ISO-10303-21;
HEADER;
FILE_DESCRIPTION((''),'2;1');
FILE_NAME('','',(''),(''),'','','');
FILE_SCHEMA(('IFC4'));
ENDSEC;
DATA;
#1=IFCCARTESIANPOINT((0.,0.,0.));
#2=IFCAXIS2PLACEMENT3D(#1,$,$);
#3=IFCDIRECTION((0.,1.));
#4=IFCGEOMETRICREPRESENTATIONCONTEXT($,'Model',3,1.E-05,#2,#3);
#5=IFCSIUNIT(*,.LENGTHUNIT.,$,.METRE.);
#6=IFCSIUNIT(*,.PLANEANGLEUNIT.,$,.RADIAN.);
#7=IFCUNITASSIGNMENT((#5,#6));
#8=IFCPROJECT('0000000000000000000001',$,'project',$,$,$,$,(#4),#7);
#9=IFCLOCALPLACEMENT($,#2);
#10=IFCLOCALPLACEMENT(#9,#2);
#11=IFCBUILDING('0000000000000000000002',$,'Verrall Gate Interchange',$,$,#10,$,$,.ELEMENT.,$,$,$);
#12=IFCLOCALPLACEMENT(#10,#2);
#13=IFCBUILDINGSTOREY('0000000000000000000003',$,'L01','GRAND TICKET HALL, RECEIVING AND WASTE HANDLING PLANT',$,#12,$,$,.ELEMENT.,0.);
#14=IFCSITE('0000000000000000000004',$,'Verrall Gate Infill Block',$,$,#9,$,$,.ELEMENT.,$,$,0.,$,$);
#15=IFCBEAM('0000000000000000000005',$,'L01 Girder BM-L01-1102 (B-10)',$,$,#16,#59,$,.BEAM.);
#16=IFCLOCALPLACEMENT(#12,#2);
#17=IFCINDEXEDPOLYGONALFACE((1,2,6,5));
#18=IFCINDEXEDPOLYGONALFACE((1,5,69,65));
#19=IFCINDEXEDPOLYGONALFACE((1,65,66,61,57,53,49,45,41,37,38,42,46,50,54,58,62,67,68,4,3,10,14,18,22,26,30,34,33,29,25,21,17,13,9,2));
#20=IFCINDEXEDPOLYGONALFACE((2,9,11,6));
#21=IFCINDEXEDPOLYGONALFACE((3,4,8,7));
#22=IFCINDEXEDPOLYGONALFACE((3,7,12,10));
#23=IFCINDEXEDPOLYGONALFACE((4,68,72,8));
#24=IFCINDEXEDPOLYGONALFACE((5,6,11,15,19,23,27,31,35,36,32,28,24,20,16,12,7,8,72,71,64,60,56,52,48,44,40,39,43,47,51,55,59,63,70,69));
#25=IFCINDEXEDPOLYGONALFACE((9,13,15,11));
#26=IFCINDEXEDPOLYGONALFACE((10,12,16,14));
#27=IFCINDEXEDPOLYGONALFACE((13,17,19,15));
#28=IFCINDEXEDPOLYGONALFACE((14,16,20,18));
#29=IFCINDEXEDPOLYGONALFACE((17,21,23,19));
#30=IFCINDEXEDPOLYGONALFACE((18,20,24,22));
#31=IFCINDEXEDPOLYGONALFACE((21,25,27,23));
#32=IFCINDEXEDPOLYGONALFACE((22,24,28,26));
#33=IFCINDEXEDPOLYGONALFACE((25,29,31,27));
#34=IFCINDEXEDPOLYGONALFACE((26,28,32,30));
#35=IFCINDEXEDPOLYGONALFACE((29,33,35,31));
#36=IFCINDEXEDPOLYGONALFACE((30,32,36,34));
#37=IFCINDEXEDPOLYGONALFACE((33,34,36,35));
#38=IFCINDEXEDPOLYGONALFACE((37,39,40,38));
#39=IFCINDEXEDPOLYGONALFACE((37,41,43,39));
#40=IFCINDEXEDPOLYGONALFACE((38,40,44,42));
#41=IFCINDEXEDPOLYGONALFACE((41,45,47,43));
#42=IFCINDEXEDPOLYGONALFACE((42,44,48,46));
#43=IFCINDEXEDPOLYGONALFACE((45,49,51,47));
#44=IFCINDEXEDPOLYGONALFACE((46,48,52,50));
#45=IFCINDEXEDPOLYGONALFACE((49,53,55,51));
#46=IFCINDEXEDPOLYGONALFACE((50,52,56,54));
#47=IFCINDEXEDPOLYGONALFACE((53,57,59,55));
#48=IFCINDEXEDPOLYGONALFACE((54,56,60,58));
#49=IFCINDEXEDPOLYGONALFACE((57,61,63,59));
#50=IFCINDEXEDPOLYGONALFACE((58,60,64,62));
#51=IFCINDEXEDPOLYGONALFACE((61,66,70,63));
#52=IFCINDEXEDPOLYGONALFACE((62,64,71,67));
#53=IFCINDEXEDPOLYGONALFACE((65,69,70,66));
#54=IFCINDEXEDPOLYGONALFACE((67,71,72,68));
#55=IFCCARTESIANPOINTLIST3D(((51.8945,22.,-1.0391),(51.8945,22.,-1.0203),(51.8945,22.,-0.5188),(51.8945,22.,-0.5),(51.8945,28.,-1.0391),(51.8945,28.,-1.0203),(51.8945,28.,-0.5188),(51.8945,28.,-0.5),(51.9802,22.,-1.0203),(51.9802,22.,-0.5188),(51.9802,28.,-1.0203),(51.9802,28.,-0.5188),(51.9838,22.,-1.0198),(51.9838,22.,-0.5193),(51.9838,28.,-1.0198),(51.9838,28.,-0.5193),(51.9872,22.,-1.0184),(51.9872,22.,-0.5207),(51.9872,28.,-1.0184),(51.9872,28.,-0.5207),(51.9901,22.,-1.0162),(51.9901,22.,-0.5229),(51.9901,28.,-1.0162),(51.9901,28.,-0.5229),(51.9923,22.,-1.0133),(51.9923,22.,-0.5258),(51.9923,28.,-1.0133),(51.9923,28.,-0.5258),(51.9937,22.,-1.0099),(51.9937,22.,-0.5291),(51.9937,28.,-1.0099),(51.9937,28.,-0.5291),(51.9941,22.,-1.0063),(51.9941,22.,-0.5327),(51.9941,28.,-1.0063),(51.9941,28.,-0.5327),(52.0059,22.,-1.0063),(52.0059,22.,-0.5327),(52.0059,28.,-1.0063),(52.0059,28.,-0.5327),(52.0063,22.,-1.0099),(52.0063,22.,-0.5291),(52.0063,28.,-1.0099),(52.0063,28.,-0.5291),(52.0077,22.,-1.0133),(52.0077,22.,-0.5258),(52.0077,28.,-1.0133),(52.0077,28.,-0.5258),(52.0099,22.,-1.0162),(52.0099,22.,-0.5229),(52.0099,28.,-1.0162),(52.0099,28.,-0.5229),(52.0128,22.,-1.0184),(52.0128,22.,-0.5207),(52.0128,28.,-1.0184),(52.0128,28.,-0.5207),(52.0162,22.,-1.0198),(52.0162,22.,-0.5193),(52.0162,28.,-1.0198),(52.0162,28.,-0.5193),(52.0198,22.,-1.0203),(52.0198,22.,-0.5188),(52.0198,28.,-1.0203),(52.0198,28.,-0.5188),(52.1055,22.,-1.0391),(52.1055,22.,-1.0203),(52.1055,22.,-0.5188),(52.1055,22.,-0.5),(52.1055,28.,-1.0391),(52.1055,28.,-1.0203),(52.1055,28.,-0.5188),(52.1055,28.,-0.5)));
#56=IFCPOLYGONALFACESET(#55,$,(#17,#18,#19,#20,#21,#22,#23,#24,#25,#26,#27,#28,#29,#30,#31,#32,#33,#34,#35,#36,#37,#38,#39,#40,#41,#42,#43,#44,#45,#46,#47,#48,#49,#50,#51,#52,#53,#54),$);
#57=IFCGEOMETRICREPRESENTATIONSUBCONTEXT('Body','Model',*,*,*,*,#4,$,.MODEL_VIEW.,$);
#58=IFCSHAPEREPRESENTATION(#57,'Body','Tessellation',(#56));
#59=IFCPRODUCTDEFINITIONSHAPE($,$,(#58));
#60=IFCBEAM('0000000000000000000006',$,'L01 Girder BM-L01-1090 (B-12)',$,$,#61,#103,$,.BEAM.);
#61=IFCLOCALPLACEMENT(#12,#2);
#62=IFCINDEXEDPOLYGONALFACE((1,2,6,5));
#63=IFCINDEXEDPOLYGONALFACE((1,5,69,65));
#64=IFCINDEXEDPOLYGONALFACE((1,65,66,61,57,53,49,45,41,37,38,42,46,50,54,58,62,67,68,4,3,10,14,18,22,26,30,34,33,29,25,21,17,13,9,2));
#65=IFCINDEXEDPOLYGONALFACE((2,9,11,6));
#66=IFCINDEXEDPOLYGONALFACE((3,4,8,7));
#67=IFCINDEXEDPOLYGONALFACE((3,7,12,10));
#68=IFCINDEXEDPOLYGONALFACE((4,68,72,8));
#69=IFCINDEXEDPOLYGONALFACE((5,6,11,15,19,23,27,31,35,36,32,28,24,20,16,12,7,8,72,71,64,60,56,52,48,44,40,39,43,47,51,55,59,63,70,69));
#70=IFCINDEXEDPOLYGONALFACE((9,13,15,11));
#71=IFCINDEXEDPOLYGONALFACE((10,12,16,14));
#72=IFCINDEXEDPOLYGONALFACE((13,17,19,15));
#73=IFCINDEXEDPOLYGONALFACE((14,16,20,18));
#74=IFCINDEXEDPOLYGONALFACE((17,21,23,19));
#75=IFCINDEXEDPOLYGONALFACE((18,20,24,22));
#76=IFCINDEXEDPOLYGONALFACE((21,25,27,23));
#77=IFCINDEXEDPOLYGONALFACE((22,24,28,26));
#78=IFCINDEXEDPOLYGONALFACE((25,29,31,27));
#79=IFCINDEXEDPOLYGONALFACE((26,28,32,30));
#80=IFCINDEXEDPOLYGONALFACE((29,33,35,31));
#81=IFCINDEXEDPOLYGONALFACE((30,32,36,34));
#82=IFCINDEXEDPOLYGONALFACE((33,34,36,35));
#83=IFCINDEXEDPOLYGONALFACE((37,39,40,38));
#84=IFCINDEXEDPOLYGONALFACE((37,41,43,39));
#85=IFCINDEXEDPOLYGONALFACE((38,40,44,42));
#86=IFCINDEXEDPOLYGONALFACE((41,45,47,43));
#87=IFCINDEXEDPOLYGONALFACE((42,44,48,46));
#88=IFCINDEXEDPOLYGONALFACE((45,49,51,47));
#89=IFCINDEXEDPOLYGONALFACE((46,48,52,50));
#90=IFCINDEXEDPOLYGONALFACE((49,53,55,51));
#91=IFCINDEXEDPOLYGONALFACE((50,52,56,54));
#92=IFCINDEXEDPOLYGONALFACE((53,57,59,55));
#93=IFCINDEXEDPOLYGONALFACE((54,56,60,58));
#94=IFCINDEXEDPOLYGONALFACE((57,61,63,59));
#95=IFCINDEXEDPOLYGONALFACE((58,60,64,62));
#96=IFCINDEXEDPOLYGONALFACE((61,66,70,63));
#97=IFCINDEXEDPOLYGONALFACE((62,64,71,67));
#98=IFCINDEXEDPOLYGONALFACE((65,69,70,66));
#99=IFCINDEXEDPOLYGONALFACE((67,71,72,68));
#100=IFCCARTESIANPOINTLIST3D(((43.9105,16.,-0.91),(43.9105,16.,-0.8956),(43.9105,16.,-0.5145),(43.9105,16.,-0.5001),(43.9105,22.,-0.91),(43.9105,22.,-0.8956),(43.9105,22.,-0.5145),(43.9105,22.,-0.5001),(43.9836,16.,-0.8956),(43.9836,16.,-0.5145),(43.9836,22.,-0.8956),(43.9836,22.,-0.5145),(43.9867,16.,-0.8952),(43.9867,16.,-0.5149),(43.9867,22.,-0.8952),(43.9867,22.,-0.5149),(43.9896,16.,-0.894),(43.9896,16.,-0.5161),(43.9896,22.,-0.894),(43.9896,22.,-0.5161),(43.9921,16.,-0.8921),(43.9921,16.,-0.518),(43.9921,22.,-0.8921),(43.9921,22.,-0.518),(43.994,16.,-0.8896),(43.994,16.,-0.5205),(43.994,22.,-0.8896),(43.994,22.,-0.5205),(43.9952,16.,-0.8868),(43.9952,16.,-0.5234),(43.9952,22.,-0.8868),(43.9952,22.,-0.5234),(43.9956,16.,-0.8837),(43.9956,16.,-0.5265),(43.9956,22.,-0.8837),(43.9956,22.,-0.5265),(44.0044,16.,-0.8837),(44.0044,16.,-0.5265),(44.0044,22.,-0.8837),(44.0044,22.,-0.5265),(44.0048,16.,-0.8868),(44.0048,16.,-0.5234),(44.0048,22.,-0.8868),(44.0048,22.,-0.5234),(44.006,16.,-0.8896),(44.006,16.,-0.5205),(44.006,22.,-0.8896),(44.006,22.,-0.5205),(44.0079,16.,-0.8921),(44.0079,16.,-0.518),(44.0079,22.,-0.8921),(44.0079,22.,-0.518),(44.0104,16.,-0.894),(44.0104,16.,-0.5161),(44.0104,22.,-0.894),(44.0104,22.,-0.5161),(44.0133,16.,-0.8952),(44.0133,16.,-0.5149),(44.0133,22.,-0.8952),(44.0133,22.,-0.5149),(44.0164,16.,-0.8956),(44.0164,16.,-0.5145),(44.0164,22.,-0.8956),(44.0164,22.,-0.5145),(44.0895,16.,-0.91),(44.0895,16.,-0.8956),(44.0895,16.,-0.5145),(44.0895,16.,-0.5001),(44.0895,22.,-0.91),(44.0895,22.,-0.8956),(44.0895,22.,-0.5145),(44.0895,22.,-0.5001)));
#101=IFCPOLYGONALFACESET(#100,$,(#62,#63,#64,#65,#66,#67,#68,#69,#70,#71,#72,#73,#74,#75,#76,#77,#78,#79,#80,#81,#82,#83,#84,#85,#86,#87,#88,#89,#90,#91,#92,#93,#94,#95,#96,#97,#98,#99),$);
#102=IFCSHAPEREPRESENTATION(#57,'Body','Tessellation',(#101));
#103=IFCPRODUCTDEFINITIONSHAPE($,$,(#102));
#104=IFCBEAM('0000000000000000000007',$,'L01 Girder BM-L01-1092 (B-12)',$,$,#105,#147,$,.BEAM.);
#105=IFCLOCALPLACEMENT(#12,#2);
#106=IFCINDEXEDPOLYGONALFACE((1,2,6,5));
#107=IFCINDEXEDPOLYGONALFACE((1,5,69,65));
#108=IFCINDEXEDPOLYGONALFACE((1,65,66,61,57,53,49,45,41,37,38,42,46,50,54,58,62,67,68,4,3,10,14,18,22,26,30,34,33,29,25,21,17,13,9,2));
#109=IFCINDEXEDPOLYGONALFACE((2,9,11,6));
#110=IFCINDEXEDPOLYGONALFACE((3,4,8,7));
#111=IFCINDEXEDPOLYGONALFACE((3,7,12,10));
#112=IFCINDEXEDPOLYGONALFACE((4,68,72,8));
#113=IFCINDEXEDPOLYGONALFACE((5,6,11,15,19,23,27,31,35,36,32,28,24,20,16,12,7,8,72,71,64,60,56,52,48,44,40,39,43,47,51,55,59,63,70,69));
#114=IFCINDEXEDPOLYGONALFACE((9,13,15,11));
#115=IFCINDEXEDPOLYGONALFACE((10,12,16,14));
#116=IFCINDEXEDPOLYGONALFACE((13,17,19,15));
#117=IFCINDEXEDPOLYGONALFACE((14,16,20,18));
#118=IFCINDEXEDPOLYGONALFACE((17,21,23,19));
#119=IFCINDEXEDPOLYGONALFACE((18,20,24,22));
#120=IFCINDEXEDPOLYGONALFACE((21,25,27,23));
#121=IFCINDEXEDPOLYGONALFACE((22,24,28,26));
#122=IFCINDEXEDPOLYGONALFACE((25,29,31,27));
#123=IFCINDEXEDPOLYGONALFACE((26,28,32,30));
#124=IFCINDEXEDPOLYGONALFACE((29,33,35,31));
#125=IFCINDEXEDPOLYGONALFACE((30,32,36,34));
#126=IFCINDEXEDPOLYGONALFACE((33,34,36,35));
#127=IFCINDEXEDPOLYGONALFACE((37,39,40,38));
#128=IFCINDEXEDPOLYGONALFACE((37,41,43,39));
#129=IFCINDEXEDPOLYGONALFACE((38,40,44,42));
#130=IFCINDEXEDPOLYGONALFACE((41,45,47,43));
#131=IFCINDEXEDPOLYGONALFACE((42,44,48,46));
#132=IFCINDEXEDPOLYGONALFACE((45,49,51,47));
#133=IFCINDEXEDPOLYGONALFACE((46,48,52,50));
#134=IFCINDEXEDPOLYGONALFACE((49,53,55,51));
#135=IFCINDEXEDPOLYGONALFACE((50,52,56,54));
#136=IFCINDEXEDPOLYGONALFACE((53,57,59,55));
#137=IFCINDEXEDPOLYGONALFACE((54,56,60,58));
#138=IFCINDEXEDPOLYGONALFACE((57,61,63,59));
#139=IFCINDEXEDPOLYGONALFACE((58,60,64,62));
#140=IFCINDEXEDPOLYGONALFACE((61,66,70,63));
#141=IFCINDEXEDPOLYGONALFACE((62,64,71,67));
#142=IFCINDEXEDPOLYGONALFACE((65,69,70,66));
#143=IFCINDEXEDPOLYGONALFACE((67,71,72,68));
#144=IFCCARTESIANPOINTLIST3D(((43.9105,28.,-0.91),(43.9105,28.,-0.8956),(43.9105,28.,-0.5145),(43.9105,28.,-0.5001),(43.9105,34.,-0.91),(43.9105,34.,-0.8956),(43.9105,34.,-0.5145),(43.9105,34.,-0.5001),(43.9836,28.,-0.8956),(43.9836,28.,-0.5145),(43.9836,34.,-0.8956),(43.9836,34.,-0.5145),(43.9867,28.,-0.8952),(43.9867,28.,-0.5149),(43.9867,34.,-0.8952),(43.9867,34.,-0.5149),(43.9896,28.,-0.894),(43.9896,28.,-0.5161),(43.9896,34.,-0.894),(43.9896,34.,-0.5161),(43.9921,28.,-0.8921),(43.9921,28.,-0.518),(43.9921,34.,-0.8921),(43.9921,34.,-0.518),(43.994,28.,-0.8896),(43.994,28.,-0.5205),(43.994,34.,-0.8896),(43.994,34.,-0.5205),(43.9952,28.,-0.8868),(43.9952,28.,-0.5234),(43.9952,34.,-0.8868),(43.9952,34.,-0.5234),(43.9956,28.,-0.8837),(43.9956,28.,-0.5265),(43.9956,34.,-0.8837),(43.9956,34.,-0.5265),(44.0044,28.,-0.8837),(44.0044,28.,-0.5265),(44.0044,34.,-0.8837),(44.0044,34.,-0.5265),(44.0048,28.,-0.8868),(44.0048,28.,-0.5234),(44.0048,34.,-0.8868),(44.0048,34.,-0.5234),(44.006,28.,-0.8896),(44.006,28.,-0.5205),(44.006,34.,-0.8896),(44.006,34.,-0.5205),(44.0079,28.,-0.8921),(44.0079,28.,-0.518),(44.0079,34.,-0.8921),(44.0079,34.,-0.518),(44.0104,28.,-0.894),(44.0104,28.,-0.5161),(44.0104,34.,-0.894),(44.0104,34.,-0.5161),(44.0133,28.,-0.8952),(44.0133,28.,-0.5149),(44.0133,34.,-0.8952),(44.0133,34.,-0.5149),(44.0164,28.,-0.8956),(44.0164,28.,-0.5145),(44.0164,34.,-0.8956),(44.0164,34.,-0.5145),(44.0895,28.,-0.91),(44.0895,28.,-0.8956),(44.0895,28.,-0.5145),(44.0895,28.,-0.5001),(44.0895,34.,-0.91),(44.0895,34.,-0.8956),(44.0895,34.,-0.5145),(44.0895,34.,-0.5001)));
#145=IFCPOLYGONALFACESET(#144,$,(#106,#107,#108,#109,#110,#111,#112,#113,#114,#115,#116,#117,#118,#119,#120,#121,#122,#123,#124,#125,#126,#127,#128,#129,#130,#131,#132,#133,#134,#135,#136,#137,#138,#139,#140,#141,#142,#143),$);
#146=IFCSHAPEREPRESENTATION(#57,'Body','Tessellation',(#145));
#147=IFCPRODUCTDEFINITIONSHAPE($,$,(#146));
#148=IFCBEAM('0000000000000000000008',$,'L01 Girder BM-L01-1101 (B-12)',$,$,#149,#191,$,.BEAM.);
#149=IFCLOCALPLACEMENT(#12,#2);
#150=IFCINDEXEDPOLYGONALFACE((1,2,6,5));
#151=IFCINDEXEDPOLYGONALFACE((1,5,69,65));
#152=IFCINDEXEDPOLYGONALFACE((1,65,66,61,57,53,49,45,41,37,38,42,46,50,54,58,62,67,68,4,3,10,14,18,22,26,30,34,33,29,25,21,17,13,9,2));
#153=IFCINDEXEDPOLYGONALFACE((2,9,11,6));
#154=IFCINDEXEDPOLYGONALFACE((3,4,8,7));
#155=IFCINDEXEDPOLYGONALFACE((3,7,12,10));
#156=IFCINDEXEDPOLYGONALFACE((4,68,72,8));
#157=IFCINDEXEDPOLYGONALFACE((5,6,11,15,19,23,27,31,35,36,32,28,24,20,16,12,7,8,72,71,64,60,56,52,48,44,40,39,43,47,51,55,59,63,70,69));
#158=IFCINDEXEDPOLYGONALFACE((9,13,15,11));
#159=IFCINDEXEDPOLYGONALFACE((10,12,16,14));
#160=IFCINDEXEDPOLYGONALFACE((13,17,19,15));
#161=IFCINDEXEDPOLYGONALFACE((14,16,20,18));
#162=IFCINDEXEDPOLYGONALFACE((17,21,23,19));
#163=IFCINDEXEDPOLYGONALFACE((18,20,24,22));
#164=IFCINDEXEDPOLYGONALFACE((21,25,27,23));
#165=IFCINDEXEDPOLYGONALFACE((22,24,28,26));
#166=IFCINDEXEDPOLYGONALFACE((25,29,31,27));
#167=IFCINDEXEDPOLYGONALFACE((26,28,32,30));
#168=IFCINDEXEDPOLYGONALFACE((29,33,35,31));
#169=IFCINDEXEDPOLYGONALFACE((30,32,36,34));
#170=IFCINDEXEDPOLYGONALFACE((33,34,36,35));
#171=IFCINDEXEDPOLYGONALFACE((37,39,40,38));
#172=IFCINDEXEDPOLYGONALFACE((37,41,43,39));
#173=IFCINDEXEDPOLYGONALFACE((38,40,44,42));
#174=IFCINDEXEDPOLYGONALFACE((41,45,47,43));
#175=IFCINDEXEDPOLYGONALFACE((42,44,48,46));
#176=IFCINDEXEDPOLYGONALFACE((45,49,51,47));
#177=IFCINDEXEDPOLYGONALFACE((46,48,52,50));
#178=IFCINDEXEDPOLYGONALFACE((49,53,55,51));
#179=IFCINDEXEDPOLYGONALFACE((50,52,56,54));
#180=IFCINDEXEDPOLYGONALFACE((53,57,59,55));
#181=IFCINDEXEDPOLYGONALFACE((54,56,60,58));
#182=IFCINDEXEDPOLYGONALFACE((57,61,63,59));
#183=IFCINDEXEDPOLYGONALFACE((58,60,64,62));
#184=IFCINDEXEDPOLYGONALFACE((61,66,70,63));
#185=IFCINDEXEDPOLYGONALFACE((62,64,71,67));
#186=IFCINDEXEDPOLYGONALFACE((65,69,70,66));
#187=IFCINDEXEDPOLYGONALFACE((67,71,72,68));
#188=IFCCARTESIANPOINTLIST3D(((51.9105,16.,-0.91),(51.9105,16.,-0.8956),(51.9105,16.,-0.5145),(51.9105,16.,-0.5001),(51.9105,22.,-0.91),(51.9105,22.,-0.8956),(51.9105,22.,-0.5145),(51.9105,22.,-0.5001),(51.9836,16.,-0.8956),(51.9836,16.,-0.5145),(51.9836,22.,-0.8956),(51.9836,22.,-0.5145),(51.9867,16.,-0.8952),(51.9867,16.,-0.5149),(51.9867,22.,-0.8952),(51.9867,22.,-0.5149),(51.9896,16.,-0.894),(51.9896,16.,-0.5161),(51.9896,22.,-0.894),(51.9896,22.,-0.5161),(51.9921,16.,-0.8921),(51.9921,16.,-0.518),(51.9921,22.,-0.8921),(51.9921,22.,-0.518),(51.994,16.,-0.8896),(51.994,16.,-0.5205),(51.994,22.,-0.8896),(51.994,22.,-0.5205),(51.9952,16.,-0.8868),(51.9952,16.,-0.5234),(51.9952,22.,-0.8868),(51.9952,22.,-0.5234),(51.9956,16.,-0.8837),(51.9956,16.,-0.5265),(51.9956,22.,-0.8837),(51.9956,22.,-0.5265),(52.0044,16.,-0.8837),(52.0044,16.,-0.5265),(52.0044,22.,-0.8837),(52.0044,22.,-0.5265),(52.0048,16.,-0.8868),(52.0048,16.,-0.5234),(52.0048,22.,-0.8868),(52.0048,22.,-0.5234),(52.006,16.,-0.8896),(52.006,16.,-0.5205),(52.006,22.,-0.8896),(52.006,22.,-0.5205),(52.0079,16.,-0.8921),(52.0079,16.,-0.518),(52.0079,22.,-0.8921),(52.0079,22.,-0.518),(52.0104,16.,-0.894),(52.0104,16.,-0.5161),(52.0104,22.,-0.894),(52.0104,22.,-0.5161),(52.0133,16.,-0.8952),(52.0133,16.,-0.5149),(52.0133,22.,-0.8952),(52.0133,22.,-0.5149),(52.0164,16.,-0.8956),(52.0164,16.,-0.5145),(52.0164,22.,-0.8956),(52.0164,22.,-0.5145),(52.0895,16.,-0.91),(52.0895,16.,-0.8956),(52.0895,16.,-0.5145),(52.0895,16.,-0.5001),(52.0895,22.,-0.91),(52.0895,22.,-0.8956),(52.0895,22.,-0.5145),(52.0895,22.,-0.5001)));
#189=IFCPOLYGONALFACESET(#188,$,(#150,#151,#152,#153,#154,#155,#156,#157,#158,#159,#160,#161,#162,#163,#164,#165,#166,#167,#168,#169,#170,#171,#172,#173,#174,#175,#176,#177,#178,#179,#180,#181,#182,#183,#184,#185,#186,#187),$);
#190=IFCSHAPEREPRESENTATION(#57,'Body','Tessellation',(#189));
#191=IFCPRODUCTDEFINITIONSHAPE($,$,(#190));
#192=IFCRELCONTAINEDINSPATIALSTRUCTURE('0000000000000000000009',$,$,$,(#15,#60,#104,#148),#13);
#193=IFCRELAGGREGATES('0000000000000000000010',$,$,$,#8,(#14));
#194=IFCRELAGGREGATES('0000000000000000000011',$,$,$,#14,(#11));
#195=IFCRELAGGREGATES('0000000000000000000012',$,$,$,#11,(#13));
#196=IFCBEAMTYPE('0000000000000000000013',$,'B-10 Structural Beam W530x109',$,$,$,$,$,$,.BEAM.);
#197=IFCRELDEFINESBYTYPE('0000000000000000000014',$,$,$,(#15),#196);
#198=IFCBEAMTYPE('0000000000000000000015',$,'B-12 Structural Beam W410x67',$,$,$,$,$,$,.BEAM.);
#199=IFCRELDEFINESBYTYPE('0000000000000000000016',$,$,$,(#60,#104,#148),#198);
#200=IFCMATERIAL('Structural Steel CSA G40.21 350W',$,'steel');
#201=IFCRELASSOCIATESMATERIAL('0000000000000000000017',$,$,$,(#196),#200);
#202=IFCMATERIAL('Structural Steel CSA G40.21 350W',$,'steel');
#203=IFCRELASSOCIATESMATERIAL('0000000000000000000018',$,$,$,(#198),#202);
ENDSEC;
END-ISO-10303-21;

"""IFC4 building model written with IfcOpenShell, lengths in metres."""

from ifc_helpers import new_model, si_unit, direction, frame, origin, origin_2d, place, context, subcontext, project, spatial, i_section, extrude, material, material_profile, profile_set, type_object, element, save


model = new_model("IFC4")

# Units and contexts
model_context = context("Model", 3, precision=1e-05, world=origin(), true_north=direction((0.0, 1.0)))
body_context = subcontext(model_context, "Body", "Model", "MODEL_VIEW")
ifc_project = project(units=[si_unit("LENGTHUNIT", "METRE"), si_unit("PLANEANGLEUNIT", "RADIAN")], contexts=[model_context])

# Site, building, storey
site_placement = place(None, origin())
site = spatial("IfcSite", under=ifc_project, at=site_placement, Name="Verrall Gate Infill Block", CompositionType="ELEMENT", RefElevation=0.0)
building_placement = place(site_placement, origin())
building = spatial("IfcBuilding", under=site, at=building_placement, Name="Verrall Gate Interchange", CompositionType="ELEMENT")
storey_placement = place(building_placement, origin())
storey = spatial("IfcBuildingStorey", under=building, at=storey_placement, Name="L01", Description="GRAND TICKET HALL, RECEIVING AND WASTE HANDLING PLANT", CompositionType="ELEMENT", Elevation=0.0)

# Beams
ifc_material_1 = material(Name="Structural Steel CSA G40.21 350W", Category="steel")
ifc_material_profile_1 = material_profile(ifc_material_1, i_section(OverallWidth=0.2109, OverallDepth=0.5391, WebThickness=0.0117, FlangeThickness=0.0188, FilletRadius=0.0139, at=origin_2d()), Name="W530x109")
ifc_profile_set_1 = profile_set([ifc_material_profile_1], Name="Structural Steel CSA G40.21 350W")
beam_type_1 = type_object("IfcBeamType", Name="B-10 Structural Beam W530x109", PredefinedType="BEAM", material=ifc_profile_set_1)
for number, where, z_axis, x_axis, name in (
    (1, (52.0, 22.0, -0.7695), (0.0, 1.0, 0.0), (-1.0, 0.0, 0.0), "L01 Girder BM-L01-1102 (B-10)"),
):
    element("IfcBeam", number, at=place(storey_placement, frame(where, z_axis=z_axis, x_axis=x_axis)), inside=storey, type_object=beam_type_1, Name=name, PredefinedType="BEAM", context=body_context, shape_type="SweptSolid", body=[
        extrude(i_section(OverallWidth=0.2109, OverallDepth=0.5391, WebThickness=0.0117, FlangeThickness=0.0188, FilletRadius=0.0139, at=origin_2d()), origin(), (0.0, 0.0, 1.0), 6.0),
    ])
ifc_material_2 = material(Name="Structural Steel CSA G40.21 350W", Category="steel")
ifc_material_profile_2 = material_profile(ifc_material_2, i_section(OverallWidth=0.179, OverallDepth=0.4099, WebThickness=0.0088, FlangeThickness=0.0144, FilletRadius=0.012, at=origin_2d()), Name="W410x67")
ifc_profile_set_2 = profile_set([ifc_material_profile_2], Name="Structural Steel CSA G40.21 350W")
beam_type_2 = type_object("IfcBeamType", Name="B-12 Structural Beam W410x67", PredefinedType="BEAM", material=ifc_profile_set_2)
for number, where, z_axis, x_axis, name in (
    (2, (44.0, 16.0, -0.7051), (0.0, 1.0, 0.0), (-1.0, 0.0, 0.0), "L01 Girder BM-L01-1090 (B-12)"),
    (3, (44.0, 28.0, -0.7051), (0.0, 1.0, 0.0), (-1.0, 0.0, 0.0), "L01 Girder BM-L01-1092 (B-12)"),
    (4, (52.0, 16.0, -0.7051), (0.0, 1.0, 0.0), (-1.0, 0.0, 0.0), "L01 Girder BM-L01-1101 (B-12)"),
):
    element("IfcBeam", number, at=place(storey_placement, frame(where, z_axis=z_axis, x_axis=x_axis)), inside=storey, type_object=beam_type_2, Name=name, PredefinedType="BEAM", context=body_context, shape_type="SweptSolid", body=[
        extrude(i_section(OverallWidth=0.179, OverallDepth=0.4099, WebThickness=0.0088, FlangeThickness=0.0144, FilletRadius=0.012, at=origin_2d()), origin(), (0.0, 0.0, 1.0), 6.0),
    ])

save(model, "model.ifc")
